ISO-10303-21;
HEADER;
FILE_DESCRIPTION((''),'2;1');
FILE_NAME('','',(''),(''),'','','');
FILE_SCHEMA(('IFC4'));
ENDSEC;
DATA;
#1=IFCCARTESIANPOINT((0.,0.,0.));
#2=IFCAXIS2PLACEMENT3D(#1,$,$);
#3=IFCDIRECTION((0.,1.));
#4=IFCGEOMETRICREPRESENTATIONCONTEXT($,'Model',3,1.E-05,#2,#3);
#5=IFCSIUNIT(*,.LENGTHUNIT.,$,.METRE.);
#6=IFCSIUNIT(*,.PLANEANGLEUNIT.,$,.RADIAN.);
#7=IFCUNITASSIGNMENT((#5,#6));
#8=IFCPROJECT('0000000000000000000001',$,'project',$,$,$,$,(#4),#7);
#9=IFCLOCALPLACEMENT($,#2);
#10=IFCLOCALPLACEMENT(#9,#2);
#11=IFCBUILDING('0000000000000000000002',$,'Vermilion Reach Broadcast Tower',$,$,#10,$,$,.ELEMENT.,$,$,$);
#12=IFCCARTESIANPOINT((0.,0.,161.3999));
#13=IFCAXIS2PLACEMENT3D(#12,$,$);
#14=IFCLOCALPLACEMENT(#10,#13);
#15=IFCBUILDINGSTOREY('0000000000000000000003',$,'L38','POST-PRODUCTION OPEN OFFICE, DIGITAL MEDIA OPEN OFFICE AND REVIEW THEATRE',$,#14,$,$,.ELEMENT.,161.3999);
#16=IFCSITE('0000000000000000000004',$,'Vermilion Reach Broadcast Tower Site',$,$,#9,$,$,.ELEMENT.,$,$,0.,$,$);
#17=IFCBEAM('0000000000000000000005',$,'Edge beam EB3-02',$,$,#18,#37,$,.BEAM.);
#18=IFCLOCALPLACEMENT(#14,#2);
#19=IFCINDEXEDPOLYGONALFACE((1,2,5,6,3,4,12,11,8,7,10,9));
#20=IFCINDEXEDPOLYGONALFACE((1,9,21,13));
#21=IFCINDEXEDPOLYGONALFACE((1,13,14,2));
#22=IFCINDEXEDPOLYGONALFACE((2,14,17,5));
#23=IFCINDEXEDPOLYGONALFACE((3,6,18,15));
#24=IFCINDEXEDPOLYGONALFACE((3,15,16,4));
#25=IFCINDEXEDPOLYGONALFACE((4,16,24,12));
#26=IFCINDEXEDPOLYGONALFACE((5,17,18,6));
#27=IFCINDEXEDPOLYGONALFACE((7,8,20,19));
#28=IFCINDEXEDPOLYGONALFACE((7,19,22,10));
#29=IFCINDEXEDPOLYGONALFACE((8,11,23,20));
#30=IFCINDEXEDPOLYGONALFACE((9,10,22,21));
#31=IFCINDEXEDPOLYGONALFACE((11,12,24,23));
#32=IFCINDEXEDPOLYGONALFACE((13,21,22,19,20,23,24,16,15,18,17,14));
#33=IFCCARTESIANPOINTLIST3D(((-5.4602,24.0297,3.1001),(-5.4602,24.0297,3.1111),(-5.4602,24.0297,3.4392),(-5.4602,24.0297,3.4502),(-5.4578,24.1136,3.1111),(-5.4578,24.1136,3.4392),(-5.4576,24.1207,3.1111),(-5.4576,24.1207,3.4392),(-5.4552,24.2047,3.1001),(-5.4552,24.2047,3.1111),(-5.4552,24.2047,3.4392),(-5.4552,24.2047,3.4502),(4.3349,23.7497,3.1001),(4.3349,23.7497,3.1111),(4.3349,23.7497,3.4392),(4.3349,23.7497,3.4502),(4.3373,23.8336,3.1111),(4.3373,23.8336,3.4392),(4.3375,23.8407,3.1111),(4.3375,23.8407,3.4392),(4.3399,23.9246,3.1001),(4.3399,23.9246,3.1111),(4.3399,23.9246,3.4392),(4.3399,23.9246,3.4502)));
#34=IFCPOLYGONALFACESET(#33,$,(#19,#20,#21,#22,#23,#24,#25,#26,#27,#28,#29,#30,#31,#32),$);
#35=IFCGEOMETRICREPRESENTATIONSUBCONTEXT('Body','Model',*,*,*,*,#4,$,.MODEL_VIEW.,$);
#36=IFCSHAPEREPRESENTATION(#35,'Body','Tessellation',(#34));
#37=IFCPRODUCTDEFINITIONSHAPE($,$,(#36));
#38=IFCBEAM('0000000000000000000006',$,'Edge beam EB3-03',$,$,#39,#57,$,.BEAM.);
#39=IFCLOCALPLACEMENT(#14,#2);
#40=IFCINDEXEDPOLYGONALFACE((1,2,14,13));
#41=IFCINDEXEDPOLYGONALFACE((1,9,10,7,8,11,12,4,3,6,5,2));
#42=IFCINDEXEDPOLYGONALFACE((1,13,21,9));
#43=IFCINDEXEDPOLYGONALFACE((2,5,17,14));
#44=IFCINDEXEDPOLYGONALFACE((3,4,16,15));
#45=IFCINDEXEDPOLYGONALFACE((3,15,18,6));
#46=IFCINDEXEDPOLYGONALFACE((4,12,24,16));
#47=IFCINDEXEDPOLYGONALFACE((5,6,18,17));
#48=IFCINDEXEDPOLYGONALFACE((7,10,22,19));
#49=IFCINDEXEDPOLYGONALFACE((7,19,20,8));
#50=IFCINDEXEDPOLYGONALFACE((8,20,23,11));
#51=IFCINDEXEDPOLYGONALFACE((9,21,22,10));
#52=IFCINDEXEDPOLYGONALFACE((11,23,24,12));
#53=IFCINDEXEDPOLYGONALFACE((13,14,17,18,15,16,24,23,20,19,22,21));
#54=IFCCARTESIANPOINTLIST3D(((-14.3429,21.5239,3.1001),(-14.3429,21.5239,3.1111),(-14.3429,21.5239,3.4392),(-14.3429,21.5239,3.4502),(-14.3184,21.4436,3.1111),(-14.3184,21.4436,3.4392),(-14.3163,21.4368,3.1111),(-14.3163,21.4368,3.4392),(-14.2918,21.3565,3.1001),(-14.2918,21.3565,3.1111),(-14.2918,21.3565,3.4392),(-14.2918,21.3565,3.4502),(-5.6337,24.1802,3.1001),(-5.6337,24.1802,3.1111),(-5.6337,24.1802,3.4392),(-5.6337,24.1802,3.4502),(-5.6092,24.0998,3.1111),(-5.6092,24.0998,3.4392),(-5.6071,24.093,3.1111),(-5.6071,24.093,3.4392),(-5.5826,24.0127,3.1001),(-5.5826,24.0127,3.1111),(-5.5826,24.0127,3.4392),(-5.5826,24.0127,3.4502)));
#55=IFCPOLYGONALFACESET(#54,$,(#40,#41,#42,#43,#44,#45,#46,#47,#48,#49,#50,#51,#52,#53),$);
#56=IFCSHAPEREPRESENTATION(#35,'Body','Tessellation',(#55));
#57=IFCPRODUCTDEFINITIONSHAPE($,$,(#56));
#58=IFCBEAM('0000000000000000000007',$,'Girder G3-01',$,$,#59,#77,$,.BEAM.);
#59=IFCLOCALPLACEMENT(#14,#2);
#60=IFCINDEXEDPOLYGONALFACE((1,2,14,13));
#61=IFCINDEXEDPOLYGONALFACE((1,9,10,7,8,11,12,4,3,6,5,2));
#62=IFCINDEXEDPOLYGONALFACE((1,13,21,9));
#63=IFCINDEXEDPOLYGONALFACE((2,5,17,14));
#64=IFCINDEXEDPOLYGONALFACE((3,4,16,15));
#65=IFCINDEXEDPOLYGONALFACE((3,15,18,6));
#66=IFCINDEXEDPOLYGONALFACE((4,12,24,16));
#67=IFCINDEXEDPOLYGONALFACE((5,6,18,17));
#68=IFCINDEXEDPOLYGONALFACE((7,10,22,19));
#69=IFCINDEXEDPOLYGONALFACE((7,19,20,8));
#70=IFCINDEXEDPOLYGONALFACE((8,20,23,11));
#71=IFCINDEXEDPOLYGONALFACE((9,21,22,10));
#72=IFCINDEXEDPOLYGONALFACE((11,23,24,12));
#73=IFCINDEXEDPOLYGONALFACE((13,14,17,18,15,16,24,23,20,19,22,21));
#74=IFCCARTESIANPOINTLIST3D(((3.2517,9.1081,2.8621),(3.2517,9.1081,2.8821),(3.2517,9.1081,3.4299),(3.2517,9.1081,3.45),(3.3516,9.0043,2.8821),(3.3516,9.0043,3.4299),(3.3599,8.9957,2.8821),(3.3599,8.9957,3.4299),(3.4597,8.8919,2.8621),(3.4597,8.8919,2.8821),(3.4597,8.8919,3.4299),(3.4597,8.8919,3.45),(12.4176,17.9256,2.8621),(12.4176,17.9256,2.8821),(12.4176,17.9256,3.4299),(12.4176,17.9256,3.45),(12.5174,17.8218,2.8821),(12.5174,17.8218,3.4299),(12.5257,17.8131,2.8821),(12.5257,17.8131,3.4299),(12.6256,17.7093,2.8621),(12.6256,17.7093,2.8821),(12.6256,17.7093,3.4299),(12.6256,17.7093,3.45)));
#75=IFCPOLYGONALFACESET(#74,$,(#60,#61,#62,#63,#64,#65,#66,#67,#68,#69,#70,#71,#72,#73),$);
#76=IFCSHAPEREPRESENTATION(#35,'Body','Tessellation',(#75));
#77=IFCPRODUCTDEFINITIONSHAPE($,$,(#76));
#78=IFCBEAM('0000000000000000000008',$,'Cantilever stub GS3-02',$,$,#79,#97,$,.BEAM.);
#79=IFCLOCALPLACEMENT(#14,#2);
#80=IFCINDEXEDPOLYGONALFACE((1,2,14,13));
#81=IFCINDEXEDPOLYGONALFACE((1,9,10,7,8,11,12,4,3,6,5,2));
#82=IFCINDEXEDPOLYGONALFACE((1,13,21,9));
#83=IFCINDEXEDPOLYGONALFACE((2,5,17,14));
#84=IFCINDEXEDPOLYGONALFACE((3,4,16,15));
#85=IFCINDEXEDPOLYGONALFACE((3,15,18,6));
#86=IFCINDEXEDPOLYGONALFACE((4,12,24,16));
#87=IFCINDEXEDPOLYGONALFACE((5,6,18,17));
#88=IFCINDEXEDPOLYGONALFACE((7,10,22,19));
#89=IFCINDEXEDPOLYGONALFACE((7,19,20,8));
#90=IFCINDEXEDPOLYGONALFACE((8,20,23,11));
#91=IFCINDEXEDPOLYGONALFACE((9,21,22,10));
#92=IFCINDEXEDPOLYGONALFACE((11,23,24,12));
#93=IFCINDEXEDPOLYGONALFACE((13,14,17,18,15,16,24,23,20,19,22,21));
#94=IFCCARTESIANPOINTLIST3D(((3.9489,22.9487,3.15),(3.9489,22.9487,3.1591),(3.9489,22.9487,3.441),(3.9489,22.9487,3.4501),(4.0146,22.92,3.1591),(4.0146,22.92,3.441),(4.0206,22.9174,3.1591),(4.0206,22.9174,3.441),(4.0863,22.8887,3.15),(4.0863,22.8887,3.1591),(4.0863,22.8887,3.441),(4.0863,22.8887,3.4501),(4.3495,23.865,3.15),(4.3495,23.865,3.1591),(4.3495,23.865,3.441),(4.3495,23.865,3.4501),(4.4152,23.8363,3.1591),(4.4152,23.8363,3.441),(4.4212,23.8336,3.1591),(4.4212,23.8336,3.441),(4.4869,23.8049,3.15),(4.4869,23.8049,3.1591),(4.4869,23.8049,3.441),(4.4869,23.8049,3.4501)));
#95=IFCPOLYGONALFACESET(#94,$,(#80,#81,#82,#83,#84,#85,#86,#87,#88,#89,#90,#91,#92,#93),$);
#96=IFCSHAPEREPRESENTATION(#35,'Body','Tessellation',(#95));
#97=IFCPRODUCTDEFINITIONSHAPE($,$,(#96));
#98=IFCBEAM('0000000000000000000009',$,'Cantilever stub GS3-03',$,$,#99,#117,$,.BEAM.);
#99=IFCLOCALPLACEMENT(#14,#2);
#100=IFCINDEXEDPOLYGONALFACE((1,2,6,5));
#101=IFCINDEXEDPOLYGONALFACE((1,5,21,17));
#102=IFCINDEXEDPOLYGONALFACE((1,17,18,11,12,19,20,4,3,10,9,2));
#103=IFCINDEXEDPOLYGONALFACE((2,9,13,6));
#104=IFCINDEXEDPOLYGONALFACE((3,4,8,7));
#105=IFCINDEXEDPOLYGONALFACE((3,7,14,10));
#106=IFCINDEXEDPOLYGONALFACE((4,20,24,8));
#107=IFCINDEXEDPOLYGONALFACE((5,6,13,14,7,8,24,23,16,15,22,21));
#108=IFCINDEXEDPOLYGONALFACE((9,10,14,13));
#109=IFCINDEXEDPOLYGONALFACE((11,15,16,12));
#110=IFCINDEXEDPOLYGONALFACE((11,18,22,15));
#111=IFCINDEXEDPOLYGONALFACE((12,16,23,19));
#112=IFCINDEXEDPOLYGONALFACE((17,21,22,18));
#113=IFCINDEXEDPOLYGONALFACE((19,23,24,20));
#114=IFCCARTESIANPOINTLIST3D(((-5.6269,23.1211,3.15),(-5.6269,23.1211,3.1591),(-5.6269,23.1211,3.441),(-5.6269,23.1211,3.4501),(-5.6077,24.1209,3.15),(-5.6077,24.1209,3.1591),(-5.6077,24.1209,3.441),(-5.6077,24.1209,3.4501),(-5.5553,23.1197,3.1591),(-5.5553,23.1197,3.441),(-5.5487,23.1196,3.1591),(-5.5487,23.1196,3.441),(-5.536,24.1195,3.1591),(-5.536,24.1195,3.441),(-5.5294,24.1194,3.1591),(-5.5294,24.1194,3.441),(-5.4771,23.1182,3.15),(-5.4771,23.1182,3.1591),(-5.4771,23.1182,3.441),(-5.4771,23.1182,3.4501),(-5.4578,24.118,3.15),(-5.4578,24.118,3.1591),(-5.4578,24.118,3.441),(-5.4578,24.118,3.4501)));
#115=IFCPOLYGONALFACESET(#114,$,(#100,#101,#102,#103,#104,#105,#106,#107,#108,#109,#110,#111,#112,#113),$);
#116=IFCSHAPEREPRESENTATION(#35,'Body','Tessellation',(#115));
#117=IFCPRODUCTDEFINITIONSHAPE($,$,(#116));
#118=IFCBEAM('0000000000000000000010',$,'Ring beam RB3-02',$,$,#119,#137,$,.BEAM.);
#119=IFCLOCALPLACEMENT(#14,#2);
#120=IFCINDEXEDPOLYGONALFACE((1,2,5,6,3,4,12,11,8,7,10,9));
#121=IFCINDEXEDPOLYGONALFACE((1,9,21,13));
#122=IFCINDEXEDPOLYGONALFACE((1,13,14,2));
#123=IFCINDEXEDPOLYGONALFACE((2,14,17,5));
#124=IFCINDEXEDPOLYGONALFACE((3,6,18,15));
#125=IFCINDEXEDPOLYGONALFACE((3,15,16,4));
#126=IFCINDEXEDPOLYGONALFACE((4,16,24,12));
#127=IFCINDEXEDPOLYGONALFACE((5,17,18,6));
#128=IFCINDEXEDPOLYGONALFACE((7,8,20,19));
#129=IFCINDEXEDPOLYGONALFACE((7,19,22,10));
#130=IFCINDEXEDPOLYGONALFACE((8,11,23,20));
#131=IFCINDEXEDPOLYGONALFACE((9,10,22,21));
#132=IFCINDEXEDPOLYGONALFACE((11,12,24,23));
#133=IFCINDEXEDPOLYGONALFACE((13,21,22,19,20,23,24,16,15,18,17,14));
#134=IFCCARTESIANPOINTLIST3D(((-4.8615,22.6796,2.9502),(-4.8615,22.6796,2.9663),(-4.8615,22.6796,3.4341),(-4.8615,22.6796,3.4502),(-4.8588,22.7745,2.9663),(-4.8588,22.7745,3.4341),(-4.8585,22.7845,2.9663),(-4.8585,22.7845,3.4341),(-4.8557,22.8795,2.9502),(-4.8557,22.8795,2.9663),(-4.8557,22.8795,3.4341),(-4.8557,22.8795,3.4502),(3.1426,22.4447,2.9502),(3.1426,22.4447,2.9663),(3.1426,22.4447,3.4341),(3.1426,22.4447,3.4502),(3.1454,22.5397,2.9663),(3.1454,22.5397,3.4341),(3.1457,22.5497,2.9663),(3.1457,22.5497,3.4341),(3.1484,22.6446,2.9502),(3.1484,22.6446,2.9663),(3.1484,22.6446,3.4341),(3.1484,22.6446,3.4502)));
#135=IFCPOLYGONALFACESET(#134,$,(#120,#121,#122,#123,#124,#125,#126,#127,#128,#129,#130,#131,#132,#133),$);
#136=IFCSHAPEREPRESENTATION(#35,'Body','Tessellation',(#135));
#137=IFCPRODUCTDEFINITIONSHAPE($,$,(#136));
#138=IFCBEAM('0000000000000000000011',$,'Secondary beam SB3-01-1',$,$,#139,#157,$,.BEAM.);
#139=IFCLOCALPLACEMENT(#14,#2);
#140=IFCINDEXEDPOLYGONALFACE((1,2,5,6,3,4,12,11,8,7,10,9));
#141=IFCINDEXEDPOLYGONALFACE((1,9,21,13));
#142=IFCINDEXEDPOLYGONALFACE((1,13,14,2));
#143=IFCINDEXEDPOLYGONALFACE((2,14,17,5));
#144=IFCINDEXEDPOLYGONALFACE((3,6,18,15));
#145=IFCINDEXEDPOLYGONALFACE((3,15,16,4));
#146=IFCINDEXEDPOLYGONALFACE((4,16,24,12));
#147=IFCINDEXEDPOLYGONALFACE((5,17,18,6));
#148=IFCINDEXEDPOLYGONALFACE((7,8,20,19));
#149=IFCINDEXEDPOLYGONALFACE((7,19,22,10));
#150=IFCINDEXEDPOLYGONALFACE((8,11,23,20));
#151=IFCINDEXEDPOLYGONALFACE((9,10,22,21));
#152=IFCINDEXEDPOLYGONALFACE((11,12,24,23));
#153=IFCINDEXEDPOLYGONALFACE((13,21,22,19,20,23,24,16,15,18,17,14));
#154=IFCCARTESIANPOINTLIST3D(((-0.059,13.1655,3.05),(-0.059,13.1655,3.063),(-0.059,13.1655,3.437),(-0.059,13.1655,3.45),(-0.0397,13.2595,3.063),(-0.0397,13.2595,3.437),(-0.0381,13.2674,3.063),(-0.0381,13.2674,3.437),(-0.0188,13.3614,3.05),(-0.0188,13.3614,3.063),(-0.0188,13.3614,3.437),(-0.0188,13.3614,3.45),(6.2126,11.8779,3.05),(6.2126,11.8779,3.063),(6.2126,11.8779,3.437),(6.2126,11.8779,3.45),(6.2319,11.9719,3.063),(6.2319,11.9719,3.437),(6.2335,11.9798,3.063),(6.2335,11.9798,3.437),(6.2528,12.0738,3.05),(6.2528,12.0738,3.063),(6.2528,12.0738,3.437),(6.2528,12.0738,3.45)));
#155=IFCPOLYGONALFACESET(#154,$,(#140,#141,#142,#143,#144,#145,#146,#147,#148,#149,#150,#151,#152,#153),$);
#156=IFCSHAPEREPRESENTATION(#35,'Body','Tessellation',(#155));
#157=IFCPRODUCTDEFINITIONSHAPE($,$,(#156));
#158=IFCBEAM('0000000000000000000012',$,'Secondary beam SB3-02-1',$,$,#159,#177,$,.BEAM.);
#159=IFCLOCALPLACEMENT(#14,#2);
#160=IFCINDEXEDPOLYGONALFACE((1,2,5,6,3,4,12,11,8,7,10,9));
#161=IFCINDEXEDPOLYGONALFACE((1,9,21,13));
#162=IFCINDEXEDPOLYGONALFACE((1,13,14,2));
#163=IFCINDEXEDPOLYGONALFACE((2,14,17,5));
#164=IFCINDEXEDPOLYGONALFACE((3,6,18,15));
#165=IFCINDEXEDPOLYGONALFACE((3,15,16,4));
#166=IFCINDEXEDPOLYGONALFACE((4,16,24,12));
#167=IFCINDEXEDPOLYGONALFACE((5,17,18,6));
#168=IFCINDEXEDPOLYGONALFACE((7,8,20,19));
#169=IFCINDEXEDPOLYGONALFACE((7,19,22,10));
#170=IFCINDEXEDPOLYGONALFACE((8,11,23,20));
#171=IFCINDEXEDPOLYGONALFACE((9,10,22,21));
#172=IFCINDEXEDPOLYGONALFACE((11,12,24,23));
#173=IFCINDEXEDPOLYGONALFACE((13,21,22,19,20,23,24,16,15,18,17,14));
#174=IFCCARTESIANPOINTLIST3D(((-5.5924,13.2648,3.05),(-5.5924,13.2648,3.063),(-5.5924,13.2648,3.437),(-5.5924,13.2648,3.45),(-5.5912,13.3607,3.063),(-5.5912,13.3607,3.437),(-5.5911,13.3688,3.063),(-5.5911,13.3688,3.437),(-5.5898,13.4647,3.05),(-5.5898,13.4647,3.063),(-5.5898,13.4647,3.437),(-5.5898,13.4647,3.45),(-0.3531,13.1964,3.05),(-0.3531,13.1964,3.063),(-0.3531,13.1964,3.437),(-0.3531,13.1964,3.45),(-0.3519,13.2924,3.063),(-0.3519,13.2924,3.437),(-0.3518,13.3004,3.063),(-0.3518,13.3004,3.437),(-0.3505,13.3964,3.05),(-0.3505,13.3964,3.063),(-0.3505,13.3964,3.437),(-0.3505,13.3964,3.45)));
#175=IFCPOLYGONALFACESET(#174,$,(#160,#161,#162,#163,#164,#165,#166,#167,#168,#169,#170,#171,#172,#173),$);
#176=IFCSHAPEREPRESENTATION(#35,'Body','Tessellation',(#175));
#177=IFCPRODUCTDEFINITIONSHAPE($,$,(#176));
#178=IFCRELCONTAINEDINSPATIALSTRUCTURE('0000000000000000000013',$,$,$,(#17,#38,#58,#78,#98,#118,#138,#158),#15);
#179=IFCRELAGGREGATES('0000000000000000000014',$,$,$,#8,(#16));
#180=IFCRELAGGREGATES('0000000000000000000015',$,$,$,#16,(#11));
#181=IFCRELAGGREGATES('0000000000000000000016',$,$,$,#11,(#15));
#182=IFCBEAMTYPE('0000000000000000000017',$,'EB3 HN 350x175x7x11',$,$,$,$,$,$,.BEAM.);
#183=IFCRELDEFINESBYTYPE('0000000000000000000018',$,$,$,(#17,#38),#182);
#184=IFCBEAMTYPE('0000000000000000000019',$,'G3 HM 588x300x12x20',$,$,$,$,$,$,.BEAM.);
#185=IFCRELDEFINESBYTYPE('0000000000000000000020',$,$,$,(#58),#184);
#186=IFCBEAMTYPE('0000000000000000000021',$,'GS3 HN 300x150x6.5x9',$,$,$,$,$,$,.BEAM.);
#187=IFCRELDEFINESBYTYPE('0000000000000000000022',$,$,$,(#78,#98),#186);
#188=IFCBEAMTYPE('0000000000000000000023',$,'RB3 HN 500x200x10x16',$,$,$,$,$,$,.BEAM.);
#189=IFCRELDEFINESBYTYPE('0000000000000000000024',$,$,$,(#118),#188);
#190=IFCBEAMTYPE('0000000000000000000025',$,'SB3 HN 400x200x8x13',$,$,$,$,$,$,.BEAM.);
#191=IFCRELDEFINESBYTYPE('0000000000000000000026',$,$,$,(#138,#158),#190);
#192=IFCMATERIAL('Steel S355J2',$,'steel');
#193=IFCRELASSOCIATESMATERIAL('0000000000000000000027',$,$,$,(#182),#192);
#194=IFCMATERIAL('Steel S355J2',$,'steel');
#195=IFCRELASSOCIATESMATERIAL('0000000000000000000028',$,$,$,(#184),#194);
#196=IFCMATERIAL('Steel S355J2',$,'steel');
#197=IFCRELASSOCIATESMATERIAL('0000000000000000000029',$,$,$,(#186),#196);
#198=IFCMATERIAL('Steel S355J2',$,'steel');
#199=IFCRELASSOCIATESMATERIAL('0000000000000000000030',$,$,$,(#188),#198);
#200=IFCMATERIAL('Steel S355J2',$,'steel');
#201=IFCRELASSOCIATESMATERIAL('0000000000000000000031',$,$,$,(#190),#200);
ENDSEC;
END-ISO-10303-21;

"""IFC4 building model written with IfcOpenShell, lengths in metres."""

from ifc_helpers import new_model, si_unit, direction, frame, origin, origin_2d, place, context, subcontext, project, spatial, i_section, extrude, material, material_profile, profile_set, type_object, element, save


model = new_model("IFC4")

# Units and contexts
model_context = context("Model", 3, precision=1e-05, world=origin(), true_north=direction((0.0, 1.0)))
body_context = subcontext(model_context, "Body", "Model", "MODEL_VIEW")
ifc_project = project(units=[si_unit("LENGTHUNIT", "METRE"), si_unit("PLANEANGLEUNIT", "RADIAN")], contexts=[model_context])

# Site, building, storey
site_placement = place(None, origin())
site = spatial("IfcSite", under=ifc_project, at=site_placement, Name="Vermilion Reach Broadcast Tower Site", CompositionType="ELEMENT", RefElevation=0.0)
building_placement = place(site_placement, origin())
building = spatial("IfcBuilding", under=site, at=building_placement, Name="Vermilion Reach Broadcast Tower", CompositionType="ELEMENT")
storey_placement = place(building_placement, frame((0.0, 0.0, 161.3999)))
storey = spatial("IfcBuildingStorey", under=building, at=storey_placement, Name="L38", Description="POST-PRODUCTION OPEN OFFICE, DIGITAL MEDIA OPEN OFFICE AND REVIEW THEATRE", CompositionType="ELEMENT", Elevation=161.3999)

# Beams
ifc_material_1 = material(Name="Steel S355J2", Category="steel")
ifc_material_profile_1 = material_profile(ifc_material_1, i_section(OverallWidth=0.175, OverallDepth=0.3501, WebThickness=0.0071, FlangeThickness=0.011, at=origin_2d()), Name="S355J2 HN 350x175x7x11")
ifc_profile_set_1 = profile_set([ifc_material_profile_1], Name="Steel S355J2")
beam_type_1 = type_object("IfcBeamType", Name="EB3 HN 350x175x7x11", PredefinedType="BEAM", material=ifc_profile_set_1)
beam_1_placement = place(storey_placement, frame((4.3374, 23.8372, 3.2751), z_axis=(-0.999592, 0.028577, 0.0), x_axis=(-0.028577, -0.999592, 0.0)))
element("IfcBeam", 1, at=beam_1_placement, inside=storey, type_object=beam_type_1, Name="Edge beam EB3-02", PredefinedType="BEAM", context=body_context, shape_type="SweptSolid", body=[
    extrude(i_section(OverallWidth=0.175, OverallDepth=0.3501, WebThickness=0.0071, FlangeThickness=0.011, at=origin_2d()), origin(), (0.0, 0.0, 1.0), 9.7991),
])
beam_2_placement = place(storey_placement, frame((-5.6082, 24.0964, 3.2751), z_axis=(-0.956502, -0.291726, 0.0), x_axis=(0.291726, -0.956502, 0.0)))
element("IfcBeam", 2, at=beam_2_placement, inside=storey, type_object=beam_type_1, Name="Edge beam EB3-03", PredefinedType="BEAM", context=body_context, shape_type="SweptSolid", body=[
    extrude(i_section(OverallWidth=0.175, OverallDepth=0.3501, WebThickness=0.0071, FlangeThickness=0.011, at=origin_2d()), origin(), (0.0, 0.0, 1.0), 9.1052),
])
ifc_material_2 = material(Name="Steel S355J2", Category="steel")
ifc_material_profile_2 = material_profile(ifc_material_2, i_section(OverallWidth=0.3, OverallDepth=0.5879, WebThickness=0.012, FlangeThickness=0.02, at=origin_2d()), Name="S355J2 HM 588x300x12x20")
ifc_profile_set_2 = profile_set([ifc_material_profile_2], Name="Steel S355J2")
beam_type_2 = type_object("IfcBeamType", Name="G3 HM 588x300x12x20", PredefinedType="BEAM", material=ifc_profile_set_2)
beam_3_placement = place(storey_placement, frame((3.3557, 9.0, 3.156), z_axis=(0.72067, 0.693278, 0.0), x_axis=(-0.693278, 0.72067, 0.0)))
element("IfcBeam", 3, at=beam_3_placement, inside=storey, type_object=beam_type_2, Name="Girder G3-01", PredefinedType="BEAM", context=body_context, shape_type="SweptSolid", body=[
    extrude(i_section(OverallWidth=0.3, OverallDepth=0.5879, WebThickness=0.012, FlangeThickness=0.02, at=origin_2d()), origin(), (0.0, 0.0, 1.0), 12.7185),
])
ifc_material_3 = material(Name="Steel S355J2", Category="steel")
ifc_material_profile_3 = material_profile(ifc_material_3, i_section(OverallWidth=0.1499, OverallDepth=0.3, WebThickness=0.0066, FlangeThickness=0.009, at=origin_2d()), Name="S355J2 HN 300x150x6.5x9")
ifc_profile_set_3 = profile_set([ifc_material_profile_3], Name="Steel S355J2")
beam_type_3 = type_object("IfcBeamType", Name="GS3 HN 300x150x6.5x9", PredefinedType="BEAM", material=ifc_profile_set_3)
for number, where, z_axis, x_axis, name in (
    (4, (4.0176, 22.9187, 3.3), (0.400627, 0.916241, 0.0), (-0.916241, 0.400627, 0.0), "Cantilever stub GS3-02"),
    (5, (-5.552, 23.1196, 3.3), (0.019288, 0.999814, 0.0), (-0.999814, 0.019288, 0.0), "Cantilever stub GS3-03"),
):
    element("IfcBeam", number, at=place(storey_placement, frame(where, z_axis=z_axis, x_axis=x_axis)), inside=storey, type_object=beam_type_3, Name=name, PredefinedType="BEAM", context=body_context, shape_type="SweptSolid", body=[
        extrude(i_section(OverallWidth=0.1499, OverallDepth=0.3, WebThickness=0.0066, FlangeThickness=0.009, at=origin_2d()), origin(), (0.0, 0.0, 1.0), 1.0),
    ])
ifc_material_4 = material(Name="Steel S355J2", Category="steel")
ifc_material_profile_4 = material_profile(ifc_material_4, i_section(OverallWidth=0.2, OverallDepth=0.5, WebThickness=0.01, FlangeThickness=0.0161, at=origin_2d()), Name="S355J2 HN 500x200x10x16")
ifc_profile_set_4 = profile_set([ifc_material_profile_4], Name="Steel S355J2")
beam_type_4 = type_object("IfcBeamType", Name="RB3 HN 500x200x10x16", PredefinedType="BEAM", material=ifc_profile_set_4)
beam_4_placement = place(storey_placement, frame((3.1455, 22.5447, 3.2002), z_axis=(-0.99957, 0.02933, 0.0), x_axis=(-0.02933, -0.99957, 0.0)))
element("IfcBeam", 6, at=beam_4_placement, inside=storey, type_object=beam_type_4, Name="Ring beam RB3-02", PredefinedType="BEAM", context=body_context, shape_type="SweptSolid", body=[
    extrude(i_section(OverallWidth=0.2, OverallDepth=0.5, WebThickness=0.01, FlangeThickness=0.0161, at=origin_2d()), origin(), (0.0, 0.0, 1.0), 8.0076),
])
ifc_material_5 = material(Name="Steel S355J2", Category="steel")
ifc_material_profile_5 = material_profile(ifc_material_5, i_section(OverallWidth=0.2, OverallDepth=0.3999, WebThickness=0.0081, FlangeThickness=0.0129, at=origin_2d()), Name="S355J2 HN 400x200x8x13")
ifc_profile_set_5 = profile_set([ifc_material_profile_5], Name="Steel S355J2")
beam_type_5 = type_object("IfcBeamType", Name="SB3 HN 400x200x8x13", PredefinedType="BEAM", material=ifc_profile_set_5)
beam_5_placement = place(storey_placement, frame((6.2327, 11.9758, 3.25), z_axis=(-0.979568, 0.201115, 0.0), x_axis=(-0.201115, -0.979568, 0.0)))
element("IfcBeam", 7, at=beam_5_placement, inside=storey, type_object=beam_type_5, Name="Secondary beam SB3-01-1", PredefinedType="BEAM", context=body_context, shape_type="SweptSolid", body=[
    extrude(i_section(OverallWidth=0.2, OverallDepth=0.3999, WebThickness=0.0081, FlangeThickness=0.0129, at=origin_2d()), origin(), (0.0, 0.0, 1.0), 6.4023),
])
beam_6_placement = place(storey_placement, frame((-0.3518, 13.2964, 3.25), z_axis=(-0.999915, 0.013046, 0.0), x_axis=(-0.013046, -0.999915, 0.0)))
element("IfcBeam", 8, at=beam_6_placement, inside=storey, type_object=beam_type_5, Name="Secondary beam SB3-02-1", PredefinedType="BEAM", context=body_context, shape_type="SweptSolid", body=[
    extrude(i_section(OverallWidth=0.2, OverallDepth=0.3999, WebThickness=0.0081, FlangeThickness=0.0129, at=origin_2d()), origin(), (0.0, 0.0, 1.0), 5.2397),
])

save(model, "model.ifc")
